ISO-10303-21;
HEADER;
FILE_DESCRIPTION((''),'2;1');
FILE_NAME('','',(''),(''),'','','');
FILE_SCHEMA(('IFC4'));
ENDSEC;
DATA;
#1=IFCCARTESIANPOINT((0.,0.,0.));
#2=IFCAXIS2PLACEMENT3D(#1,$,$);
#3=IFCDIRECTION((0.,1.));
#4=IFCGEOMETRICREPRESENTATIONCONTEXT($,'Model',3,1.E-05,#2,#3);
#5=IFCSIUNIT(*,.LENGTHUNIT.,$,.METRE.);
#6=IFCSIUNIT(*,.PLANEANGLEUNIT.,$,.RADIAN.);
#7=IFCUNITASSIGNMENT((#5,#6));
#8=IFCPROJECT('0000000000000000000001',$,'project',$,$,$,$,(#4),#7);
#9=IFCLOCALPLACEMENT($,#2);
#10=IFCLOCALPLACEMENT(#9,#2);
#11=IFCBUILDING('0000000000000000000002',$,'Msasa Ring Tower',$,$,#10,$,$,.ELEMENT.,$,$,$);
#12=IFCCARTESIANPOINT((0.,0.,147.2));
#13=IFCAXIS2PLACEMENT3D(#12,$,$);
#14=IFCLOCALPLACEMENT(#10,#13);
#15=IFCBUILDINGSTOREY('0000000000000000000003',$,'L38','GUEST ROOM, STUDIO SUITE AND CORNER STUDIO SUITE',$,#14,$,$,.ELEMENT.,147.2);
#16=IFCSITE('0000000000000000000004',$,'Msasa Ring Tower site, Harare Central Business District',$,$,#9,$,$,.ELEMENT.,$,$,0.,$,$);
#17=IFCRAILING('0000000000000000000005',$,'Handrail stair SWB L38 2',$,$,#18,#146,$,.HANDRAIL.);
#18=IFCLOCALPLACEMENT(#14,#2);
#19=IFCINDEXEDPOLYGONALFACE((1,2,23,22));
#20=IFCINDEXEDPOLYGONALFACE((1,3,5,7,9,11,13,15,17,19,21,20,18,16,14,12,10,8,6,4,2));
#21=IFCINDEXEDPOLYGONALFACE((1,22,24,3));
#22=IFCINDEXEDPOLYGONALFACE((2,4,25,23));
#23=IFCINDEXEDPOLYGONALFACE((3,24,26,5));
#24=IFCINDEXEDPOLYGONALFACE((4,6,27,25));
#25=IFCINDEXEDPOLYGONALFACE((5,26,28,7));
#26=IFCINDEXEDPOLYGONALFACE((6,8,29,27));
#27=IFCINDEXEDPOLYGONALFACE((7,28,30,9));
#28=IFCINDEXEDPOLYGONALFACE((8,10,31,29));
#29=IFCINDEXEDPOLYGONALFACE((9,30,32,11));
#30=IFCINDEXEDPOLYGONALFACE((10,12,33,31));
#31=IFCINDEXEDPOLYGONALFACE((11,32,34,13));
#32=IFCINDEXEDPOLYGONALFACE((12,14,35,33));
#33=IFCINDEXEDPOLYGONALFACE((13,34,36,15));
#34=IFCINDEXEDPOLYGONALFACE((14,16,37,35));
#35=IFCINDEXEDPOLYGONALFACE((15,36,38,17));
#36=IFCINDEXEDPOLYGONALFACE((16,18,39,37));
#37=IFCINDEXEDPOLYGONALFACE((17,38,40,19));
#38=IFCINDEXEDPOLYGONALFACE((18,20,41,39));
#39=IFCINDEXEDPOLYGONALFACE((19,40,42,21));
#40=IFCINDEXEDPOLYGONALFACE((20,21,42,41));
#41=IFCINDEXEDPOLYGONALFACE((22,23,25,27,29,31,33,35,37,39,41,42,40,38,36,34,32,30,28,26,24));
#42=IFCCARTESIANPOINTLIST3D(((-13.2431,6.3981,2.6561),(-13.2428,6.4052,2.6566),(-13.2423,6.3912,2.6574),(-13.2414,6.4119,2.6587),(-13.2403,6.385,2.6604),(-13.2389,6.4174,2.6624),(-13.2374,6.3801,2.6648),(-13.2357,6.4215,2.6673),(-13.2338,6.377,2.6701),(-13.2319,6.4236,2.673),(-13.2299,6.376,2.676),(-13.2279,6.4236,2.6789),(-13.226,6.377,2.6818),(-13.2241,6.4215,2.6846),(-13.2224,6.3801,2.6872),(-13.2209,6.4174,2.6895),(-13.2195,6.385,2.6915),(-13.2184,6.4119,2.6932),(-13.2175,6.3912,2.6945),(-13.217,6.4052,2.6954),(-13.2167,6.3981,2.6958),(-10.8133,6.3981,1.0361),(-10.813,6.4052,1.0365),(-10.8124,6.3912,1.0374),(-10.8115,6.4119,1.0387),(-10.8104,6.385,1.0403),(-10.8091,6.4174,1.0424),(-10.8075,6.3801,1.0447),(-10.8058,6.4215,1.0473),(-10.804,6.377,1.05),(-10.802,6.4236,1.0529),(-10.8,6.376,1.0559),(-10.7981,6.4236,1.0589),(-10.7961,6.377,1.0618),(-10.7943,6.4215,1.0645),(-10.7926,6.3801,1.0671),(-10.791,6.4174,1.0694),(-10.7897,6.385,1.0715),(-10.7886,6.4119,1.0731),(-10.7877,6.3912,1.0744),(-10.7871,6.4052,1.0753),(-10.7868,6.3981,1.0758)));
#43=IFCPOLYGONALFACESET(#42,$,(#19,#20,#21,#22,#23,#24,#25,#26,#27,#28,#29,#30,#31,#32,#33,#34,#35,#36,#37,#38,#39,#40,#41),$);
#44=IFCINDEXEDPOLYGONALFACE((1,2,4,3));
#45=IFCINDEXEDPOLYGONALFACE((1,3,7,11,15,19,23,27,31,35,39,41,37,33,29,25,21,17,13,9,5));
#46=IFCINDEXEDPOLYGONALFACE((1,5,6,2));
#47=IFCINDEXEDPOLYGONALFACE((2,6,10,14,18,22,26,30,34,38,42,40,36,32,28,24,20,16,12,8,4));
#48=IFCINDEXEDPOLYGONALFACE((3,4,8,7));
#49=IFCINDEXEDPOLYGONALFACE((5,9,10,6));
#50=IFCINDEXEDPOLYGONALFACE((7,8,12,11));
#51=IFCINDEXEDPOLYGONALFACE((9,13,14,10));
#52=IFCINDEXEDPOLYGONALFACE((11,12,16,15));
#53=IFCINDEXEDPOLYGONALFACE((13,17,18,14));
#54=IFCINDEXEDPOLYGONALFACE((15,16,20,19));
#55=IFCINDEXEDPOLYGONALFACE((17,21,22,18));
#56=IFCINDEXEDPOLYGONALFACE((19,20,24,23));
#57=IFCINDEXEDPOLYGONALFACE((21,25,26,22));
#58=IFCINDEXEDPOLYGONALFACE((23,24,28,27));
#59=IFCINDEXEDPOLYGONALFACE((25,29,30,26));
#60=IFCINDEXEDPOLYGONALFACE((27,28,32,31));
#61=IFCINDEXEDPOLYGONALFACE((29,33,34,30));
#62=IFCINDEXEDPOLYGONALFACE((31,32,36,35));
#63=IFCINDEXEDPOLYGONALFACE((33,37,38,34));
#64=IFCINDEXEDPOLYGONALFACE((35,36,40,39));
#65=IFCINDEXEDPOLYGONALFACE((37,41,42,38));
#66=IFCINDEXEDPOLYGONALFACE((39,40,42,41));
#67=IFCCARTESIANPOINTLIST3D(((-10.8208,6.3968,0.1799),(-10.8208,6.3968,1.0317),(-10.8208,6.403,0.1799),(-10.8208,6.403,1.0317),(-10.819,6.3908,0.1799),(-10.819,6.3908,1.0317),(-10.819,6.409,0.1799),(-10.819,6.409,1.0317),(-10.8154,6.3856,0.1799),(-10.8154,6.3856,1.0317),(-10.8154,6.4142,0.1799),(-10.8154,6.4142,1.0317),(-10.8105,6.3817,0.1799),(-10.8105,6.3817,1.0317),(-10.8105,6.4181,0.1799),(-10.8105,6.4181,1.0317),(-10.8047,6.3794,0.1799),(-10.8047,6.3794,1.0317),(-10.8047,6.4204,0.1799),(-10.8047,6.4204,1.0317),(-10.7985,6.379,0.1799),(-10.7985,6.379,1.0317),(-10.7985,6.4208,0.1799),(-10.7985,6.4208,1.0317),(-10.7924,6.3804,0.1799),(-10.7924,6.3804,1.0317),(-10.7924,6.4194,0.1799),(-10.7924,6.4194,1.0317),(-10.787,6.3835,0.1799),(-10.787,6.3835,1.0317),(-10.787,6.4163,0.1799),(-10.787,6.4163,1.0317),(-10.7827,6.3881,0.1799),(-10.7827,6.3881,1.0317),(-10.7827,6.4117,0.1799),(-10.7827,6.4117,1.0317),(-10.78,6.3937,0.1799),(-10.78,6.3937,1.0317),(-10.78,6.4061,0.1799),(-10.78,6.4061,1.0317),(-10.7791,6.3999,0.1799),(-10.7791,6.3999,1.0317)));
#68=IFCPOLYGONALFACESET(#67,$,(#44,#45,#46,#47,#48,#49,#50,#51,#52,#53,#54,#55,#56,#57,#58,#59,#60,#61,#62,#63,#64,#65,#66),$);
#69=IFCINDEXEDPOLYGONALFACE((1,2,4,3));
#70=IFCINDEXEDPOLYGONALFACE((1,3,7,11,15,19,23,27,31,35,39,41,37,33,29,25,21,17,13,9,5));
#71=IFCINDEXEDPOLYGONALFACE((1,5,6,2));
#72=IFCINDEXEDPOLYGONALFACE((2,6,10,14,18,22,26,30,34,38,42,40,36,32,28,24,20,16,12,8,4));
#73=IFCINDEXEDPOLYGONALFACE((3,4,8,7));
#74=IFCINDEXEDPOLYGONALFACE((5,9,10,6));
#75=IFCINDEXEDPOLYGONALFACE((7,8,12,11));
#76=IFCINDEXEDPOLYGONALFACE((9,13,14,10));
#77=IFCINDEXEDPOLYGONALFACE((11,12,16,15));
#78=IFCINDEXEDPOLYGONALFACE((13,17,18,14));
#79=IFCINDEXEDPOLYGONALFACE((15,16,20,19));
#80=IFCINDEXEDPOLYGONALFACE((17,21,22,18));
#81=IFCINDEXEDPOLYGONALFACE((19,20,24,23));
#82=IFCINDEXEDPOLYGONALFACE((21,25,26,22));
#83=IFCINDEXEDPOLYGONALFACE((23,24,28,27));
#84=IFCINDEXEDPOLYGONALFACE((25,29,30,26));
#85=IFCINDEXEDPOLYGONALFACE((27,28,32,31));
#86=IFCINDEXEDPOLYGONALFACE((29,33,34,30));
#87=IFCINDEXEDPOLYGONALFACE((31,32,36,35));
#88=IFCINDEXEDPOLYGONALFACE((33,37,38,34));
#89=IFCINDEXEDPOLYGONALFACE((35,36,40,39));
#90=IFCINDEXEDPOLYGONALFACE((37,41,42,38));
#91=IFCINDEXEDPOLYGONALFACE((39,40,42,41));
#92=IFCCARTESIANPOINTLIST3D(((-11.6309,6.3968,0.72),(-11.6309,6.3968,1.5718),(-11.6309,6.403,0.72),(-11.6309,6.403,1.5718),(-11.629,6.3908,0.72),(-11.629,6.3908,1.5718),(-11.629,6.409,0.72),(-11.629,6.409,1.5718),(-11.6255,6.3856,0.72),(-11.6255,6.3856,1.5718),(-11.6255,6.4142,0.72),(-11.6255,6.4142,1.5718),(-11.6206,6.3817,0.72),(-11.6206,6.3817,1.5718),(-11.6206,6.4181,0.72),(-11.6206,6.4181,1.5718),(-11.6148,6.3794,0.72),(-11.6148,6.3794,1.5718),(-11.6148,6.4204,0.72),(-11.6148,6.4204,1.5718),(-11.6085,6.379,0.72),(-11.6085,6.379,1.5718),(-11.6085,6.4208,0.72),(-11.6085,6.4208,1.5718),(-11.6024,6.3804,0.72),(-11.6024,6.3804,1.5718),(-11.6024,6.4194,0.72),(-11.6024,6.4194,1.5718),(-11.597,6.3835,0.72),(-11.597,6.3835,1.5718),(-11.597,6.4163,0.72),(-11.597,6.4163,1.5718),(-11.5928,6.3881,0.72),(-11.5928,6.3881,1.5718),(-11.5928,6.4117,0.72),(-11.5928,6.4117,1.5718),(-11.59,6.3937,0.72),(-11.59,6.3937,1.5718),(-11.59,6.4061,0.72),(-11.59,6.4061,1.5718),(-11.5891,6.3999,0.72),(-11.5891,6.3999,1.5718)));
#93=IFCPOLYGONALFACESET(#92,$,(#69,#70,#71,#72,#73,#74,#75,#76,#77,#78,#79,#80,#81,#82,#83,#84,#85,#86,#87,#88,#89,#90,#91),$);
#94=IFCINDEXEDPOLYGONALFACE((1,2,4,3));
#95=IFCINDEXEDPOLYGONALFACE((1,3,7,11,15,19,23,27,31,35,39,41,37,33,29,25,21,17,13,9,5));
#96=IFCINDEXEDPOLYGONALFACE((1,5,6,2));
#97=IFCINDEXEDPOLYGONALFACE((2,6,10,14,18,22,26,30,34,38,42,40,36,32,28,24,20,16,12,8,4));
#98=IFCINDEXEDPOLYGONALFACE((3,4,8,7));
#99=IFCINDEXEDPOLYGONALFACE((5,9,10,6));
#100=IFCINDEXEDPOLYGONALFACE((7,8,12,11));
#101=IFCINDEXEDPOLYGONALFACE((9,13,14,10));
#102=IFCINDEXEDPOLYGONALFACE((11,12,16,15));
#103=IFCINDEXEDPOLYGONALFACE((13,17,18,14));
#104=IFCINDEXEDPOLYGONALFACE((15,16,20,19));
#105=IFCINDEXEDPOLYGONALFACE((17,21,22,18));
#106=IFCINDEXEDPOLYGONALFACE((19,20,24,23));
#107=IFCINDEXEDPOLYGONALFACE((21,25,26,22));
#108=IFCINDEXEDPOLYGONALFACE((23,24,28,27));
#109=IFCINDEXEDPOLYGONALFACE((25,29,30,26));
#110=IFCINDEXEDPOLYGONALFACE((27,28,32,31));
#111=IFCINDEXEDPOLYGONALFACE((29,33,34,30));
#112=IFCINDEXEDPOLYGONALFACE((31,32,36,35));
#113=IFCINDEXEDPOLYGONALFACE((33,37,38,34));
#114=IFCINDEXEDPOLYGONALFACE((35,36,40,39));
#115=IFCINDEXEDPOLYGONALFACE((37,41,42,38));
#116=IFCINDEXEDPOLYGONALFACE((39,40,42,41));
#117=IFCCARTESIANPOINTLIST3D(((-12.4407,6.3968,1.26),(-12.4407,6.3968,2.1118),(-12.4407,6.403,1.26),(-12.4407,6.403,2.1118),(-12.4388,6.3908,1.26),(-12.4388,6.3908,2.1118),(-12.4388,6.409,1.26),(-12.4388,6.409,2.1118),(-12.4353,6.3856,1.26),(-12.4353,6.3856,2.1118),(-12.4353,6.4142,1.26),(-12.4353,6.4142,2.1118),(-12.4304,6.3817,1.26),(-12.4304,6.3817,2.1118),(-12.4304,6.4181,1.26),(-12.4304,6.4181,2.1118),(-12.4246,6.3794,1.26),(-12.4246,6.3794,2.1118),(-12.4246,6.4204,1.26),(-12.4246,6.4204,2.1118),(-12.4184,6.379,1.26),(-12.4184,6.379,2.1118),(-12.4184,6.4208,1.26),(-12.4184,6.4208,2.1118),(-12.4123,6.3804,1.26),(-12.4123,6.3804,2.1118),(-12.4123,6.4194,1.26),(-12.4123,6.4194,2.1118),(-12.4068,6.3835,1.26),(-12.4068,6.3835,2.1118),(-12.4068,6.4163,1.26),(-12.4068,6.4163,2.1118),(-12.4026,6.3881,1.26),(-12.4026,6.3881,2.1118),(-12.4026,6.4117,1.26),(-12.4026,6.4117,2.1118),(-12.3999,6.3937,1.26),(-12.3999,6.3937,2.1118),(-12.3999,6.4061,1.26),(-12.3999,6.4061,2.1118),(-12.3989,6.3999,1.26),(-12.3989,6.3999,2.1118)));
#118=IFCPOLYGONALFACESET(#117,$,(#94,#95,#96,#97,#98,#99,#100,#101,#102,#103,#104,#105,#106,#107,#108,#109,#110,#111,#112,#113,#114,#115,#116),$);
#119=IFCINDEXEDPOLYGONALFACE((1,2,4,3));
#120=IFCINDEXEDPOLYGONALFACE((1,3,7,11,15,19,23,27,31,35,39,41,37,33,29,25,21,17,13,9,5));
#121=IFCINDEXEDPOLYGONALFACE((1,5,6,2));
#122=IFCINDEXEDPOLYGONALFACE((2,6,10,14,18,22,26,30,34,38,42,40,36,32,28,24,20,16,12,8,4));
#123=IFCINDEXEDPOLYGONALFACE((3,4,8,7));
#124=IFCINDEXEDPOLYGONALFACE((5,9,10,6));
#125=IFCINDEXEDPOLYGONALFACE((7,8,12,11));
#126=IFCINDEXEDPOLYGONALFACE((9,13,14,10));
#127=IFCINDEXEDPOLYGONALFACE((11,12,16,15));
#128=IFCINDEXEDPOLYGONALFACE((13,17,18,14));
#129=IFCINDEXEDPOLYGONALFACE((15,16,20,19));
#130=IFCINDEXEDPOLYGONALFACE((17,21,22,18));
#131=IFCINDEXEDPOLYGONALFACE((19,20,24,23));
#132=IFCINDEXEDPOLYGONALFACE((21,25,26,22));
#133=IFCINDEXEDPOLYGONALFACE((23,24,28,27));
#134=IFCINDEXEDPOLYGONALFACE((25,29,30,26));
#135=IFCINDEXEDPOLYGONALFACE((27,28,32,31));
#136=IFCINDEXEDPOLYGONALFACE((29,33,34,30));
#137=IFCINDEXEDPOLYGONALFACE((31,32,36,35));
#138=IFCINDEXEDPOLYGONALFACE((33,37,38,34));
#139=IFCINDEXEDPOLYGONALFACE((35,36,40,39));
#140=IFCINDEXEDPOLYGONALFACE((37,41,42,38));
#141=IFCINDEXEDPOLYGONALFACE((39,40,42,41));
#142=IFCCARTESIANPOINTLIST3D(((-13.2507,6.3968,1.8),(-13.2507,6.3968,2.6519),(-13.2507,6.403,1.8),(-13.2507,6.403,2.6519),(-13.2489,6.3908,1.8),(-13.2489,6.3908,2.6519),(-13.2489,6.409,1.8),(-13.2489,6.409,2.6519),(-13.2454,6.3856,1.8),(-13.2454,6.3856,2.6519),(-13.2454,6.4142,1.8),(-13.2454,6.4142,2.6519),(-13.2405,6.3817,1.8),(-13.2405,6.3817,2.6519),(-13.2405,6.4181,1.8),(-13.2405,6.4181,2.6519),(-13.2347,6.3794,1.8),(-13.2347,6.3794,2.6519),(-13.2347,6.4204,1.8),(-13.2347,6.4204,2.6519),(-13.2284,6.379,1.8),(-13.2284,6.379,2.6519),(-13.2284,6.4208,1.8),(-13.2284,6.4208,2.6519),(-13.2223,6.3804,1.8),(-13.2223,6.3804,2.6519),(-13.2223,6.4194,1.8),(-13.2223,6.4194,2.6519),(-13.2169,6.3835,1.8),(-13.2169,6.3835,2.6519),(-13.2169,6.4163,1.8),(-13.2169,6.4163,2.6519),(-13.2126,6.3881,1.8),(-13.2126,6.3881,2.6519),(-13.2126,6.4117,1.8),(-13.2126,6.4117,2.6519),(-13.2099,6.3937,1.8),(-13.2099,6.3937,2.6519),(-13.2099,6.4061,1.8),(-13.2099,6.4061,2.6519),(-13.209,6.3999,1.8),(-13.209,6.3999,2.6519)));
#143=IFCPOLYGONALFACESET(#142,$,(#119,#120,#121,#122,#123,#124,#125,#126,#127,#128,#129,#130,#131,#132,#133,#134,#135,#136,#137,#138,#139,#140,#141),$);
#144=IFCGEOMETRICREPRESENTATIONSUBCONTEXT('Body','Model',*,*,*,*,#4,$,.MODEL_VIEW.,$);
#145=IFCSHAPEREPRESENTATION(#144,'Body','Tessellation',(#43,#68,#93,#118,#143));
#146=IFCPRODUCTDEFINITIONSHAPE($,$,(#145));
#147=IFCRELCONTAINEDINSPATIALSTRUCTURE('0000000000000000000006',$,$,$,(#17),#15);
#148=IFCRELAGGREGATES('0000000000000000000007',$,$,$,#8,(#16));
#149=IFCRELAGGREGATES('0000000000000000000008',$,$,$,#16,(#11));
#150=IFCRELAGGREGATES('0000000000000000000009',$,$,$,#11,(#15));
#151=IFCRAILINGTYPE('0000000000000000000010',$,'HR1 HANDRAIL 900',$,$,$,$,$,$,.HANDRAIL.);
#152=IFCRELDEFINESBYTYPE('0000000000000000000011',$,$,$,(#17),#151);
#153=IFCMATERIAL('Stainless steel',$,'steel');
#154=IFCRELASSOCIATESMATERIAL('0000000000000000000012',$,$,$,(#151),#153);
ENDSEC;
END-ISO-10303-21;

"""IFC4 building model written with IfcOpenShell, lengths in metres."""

from ifc_helpers import new_model, si_unit, direction, frame, origin, origin_2d, place, context, subcontext, project, spatial, circle, extrude, material, type_object, element, save


model = new_model("IFC4")

# Units and contexts
model_context = context("Model", 3, precision=1e-05, world=origin(), true_north=direction((0.0, 1.0)))
body_context = subcontext(model_context, "Body", "Model", "MODEL_VIEW")
ifc_project = project(units=[si_unit("LENGTHUNIT", "METRE"), si_unit("PLANEANGLEUNIT", "RADIAN")], contexts=[model_context])

# Site, building, storey
site_placement = place(None, origin())
site = spatial("IfcSite", under=ifc_project, at=site_placement, Name="Msasa Ring Tower site, Harare Central Business District", CompositionType="ELEMENT", RefElevation=0.0)
building_placement = place(site_placement, origin())
building = spatial("IfcBuilding", under=site, at=building_placement, Name="Msasa Ring Tower", CompositionType="ELEMENT")
storey_placement = place(building_placement, frame((0.0, 0.0, 147.2)))
storey = spatial("IfcBuildingStorey", under=building, at=storey_placement, Name="L38", Description="GUEST ROOM, STUDIO SUITE AND CORNER STUDIO SUITE", CompositionType="ELEMENT", Elevation=147.2)

# Railing
ifc_material_1 = material(Name="Stainless steel", Category="steel")
railing_type = type_object("IfcRailingType", Name="HR1 HANDRAIL 900", PredefinedType="HANDRAIL", material=ifc_material_1)
for number, where, name in (
    (1, (-10.8, 6.3999, 0.1799), "Handrail stair SWB L38 2"),
):
    element("IfcRailing", number, at=place(storey_placement, frame(where)), inside=storey, type_object=railing_type, Name=name, PredefinedType="HANDRAIL", context=body_context, shape_type="SweptSolid", body=[
        extrude(circle(Radius=0.0239, at=origin_2d()), frame((0.0, 0.0, 0.876), z_axis=(-0.832025, 0.0, 0.554739), x_axis=(0.0, -1.0, 0.0)), (0.0, 0.0, 1.0), 2.9204),
        extrude(circle(Radius=0.021, at=origin_2d()), origin(), (0.0, 0.0, 1.0), 0.8518),
        extrude(circle(Radius=0.021, at=origin_2d()), frame((-0.8101, 0.0, 0.54)), (0.0, 0.0, 1.0), 0.8518),
        extrude(circle(Radius=0.021, at=origin_2d()), frame((-1.6199, 0.0, 1.0801)), (0.0, 0.0, 1.0), 0.8518),
        extrude(circle(Radius=0.021, at=origin_2d()), frame((-2.4299, 0.0, 1.6201)), (0.0, 0.0, 1.0), 0.8518),
    ])

save(model, "model.ifc")
